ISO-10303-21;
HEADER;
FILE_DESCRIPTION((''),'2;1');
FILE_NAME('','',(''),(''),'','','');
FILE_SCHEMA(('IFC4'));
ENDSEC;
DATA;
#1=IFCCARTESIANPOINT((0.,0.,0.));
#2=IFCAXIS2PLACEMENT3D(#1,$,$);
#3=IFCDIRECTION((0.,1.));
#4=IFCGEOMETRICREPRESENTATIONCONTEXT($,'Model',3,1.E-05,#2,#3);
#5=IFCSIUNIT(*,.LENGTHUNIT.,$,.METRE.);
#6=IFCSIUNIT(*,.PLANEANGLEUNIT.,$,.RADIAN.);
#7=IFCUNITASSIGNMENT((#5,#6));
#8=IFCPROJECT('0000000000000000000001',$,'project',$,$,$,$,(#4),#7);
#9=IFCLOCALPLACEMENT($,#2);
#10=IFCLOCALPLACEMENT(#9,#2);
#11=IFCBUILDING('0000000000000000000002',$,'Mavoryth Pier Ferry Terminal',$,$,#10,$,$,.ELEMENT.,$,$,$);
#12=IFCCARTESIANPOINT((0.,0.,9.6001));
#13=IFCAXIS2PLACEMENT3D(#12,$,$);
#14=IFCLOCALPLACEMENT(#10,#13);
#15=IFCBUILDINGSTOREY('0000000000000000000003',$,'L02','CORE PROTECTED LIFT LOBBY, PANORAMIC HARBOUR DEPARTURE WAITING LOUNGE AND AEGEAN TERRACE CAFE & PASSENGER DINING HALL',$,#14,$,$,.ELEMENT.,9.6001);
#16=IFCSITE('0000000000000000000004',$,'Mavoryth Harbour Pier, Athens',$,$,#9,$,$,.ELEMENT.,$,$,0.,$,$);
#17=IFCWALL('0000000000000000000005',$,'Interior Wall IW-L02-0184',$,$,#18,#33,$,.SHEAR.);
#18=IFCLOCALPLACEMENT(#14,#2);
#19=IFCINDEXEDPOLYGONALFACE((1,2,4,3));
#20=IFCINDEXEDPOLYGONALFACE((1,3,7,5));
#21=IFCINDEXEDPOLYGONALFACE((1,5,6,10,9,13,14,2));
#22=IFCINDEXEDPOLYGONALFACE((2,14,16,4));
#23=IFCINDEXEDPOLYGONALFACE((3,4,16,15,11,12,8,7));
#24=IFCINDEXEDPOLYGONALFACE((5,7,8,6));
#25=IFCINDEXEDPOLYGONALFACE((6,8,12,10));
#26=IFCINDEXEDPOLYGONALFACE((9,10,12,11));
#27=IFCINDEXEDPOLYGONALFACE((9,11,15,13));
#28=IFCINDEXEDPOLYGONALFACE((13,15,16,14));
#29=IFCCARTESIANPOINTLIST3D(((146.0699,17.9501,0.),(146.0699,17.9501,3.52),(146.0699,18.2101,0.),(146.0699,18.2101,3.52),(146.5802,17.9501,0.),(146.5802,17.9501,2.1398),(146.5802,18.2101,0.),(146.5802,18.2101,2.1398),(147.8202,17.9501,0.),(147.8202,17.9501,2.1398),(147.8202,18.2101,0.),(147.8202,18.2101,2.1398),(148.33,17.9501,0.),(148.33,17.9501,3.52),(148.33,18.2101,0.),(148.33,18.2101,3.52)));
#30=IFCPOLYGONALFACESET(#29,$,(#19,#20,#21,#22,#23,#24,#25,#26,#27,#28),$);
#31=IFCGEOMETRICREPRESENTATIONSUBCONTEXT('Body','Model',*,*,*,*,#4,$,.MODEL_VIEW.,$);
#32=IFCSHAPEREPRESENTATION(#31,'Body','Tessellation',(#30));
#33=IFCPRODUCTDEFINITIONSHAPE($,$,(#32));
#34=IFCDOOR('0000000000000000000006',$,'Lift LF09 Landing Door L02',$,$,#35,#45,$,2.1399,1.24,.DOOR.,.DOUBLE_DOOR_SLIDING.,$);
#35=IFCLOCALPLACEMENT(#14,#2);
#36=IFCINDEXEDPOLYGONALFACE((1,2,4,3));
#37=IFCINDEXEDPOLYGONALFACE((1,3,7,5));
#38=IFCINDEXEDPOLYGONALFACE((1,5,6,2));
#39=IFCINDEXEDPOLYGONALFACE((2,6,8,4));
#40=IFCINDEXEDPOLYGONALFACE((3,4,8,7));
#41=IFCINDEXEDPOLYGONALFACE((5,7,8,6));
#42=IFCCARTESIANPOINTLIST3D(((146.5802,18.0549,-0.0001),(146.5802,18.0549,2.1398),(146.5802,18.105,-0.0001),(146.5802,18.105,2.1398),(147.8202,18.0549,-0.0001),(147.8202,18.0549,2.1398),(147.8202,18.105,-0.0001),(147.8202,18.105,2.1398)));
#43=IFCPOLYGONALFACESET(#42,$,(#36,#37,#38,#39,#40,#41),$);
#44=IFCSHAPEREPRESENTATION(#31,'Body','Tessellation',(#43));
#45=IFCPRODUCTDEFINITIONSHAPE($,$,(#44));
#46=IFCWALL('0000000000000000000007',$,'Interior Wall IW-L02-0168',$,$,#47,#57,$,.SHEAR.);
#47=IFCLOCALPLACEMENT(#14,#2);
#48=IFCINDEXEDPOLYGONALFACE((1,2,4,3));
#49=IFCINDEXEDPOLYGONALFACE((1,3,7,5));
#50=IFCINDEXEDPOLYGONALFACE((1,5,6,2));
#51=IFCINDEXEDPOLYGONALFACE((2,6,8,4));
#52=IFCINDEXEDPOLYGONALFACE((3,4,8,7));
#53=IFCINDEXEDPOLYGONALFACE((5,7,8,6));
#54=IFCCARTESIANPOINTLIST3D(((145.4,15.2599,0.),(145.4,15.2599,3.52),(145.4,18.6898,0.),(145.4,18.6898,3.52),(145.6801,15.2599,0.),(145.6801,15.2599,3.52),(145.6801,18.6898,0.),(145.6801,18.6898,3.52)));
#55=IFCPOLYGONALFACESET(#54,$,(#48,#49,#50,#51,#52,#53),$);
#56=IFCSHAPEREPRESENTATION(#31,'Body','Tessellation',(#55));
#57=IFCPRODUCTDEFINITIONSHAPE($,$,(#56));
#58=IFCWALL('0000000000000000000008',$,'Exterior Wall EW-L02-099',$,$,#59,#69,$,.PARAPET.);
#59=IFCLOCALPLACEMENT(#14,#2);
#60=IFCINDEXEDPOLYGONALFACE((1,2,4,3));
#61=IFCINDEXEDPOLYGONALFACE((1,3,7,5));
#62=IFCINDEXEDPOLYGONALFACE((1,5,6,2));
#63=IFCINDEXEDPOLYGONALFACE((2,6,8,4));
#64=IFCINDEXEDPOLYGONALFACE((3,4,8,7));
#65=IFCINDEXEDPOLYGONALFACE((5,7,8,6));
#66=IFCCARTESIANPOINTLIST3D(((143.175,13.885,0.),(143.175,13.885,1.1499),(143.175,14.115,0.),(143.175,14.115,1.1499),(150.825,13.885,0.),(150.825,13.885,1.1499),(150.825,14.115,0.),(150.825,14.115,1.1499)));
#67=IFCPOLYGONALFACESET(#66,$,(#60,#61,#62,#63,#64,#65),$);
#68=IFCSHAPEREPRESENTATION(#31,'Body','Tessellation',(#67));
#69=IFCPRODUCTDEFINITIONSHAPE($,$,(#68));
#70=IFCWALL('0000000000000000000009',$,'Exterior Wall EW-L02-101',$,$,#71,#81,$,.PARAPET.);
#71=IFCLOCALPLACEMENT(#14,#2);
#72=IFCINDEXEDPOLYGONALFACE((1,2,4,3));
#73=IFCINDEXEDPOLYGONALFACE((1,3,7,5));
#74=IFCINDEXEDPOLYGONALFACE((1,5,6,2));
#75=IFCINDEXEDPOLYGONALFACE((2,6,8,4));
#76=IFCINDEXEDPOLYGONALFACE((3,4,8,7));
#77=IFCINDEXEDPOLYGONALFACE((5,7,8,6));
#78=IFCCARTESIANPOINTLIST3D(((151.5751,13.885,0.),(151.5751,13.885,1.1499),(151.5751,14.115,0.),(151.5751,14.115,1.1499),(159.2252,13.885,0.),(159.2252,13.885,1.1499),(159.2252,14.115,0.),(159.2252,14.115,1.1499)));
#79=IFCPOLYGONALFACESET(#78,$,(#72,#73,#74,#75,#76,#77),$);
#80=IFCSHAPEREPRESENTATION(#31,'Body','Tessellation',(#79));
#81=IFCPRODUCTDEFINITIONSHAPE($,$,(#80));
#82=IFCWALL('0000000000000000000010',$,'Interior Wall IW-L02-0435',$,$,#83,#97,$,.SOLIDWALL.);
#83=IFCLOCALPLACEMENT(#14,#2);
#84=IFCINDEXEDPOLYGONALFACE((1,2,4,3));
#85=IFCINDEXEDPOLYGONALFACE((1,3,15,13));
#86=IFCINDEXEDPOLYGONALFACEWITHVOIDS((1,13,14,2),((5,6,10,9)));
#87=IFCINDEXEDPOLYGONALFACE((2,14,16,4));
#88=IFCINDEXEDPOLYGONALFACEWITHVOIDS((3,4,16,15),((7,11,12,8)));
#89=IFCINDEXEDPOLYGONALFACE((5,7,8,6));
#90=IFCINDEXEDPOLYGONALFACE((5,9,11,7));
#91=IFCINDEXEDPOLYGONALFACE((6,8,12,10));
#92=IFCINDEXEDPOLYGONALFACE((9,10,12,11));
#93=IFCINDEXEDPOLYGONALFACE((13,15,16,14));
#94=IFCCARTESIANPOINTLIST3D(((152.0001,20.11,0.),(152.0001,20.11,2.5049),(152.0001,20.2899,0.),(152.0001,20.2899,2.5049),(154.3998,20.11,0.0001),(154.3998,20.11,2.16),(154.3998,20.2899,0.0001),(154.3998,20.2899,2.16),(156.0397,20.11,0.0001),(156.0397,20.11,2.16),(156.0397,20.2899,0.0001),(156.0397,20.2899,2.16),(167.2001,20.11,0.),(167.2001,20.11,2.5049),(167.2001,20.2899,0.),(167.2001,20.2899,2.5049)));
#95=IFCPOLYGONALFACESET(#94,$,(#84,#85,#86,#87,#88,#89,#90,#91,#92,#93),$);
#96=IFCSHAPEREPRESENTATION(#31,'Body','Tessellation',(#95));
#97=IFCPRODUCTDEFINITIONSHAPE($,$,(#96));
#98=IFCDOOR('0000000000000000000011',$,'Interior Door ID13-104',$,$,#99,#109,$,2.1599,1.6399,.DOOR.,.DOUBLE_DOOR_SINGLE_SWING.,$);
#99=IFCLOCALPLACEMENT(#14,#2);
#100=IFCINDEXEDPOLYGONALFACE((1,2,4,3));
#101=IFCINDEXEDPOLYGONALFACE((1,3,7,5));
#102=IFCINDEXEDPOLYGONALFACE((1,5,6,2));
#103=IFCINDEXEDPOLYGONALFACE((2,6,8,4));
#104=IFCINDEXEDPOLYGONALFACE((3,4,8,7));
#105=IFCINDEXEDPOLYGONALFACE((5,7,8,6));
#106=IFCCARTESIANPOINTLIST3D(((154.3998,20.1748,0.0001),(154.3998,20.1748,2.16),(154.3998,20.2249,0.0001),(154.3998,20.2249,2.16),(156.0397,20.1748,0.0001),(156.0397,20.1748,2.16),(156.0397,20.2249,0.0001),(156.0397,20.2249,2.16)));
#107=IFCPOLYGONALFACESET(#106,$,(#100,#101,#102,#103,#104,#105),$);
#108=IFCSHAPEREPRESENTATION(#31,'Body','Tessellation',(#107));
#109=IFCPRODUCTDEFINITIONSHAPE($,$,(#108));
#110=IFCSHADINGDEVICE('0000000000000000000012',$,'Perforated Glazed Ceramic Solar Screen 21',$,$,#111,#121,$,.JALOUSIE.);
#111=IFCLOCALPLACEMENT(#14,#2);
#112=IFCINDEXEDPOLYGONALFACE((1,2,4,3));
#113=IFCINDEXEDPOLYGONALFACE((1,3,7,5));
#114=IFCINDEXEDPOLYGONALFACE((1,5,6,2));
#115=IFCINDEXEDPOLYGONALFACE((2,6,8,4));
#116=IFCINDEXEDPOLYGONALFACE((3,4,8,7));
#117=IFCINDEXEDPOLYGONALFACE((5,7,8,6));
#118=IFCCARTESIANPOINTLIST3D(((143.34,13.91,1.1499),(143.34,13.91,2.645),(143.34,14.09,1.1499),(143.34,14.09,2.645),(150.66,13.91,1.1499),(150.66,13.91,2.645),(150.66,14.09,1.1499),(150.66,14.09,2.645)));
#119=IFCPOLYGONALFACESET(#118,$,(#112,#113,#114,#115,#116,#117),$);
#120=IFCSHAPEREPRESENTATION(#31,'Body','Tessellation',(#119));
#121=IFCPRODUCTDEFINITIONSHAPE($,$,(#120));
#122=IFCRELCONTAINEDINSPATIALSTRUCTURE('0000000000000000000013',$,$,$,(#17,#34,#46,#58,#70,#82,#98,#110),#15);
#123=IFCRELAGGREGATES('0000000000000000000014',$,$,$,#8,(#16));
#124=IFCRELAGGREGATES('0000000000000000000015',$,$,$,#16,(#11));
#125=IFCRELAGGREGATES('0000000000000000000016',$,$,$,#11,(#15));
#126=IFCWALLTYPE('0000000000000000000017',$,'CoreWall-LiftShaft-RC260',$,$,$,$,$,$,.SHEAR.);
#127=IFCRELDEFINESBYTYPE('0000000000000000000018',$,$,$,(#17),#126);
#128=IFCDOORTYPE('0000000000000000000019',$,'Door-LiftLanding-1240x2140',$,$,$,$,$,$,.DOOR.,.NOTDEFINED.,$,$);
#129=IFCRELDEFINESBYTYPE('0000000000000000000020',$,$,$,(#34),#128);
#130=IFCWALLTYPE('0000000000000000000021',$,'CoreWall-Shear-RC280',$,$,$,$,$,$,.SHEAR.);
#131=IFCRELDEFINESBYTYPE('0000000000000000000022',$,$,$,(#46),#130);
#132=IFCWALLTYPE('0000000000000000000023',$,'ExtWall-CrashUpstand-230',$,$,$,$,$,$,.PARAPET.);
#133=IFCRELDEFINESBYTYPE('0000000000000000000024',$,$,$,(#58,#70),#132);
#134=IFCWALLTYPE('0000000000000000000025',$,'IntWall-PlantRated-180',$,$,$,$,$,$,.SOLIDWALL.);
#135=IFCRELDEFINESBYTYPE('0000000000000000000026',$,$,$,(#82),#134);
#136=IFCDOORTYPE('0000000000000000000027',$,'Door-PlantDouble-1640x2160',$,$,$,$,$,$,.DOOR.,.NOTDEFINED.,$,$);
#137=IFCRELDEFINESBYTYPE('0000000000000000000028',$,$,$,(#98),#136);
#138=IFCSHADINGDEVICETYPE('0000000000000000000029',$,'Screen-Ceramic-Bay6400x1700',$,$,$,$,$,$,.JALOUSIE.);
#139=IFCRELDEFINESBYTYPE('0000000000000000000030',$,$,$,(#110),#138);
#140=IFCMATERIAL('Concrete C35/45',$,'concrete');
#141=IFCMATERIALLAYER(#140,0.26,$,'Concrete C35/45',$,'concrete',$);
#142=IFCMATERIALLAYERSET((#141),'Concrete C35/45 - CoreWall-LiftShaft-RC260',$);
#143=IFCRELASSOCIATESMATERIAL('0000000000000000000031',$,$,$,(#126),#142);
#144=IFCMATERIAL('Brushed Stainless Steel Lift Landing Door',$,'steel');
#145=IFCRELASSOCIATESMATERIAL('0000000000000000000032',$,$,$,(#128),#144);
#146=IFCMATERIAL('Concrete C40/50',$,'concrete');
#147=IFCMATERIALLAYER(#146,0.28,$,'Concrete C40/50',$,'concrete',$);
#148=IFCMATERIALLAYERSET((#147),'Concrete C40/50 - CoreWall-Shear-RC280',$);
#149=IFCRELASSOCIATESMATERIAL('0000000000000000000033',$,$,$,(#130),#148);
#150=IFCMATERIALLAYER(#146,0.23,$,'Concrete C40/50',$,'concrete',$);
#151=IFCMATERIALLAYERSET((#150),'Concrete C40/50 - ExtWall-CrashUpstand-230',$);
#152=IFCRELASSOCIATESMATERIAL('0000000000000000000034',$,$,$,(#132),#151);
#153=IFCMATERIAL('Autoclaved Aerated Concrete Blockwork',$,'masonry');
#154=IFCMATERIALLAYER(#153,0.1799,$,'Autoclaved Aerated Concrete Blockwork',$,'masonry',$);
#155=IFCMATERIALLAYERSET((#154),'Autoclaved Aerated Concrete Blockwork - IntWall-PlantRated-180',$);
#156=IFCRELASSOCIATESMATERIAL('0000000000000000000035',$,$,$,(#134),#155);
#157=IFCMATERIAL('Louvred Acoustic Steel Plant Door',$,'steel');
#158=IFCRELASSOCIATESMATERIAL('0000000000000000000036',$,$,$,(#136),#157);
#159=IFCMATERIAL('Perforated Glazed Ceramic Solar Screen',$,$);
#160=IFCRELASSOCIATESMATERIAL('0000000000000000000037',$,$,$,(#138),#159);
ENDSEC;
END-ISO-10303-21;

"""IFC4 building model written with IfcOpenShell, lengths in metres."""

from ifc_helpers import new_model, si_unit, direction, frame, frame_2d, origin, origin_2d, place, context, subcontext, project, spatial, rectangle, extrude, material, layer, layer_set, type_object, element, fill, save


model = new_model("IFC4")

# Units and contexts
model_context = context("Model", 3, precision=1e-05, world=origin(), true_north=direction((0.0, 1.0)))
body_context = subcontext(model_context, "Body", "Model", "MODEL_VIEW")
ifc_project = project(units=[si_unit("LENGTHUNIT", "METRE"), si_unit("PLANEANGLEUNIT", "RADIAN")], contexts=[model_context])

# Site, building, storey
site_placement = place(None, origin())
site = spatial("IfcSite", under=ifc_project, at=site_placement, Name="Mavoryth Harbour Pier, Athens", CompositionType="ELEMENT", RefElevation=0.0)
building_placement = place(site_placement, origin())
building = spatial("IfcBuilding", under=site, at=building_placement, Name="Mavoryth Pier Ferry Terminal", CompositionType="ELEMENT")
storey_placement = place(building_placement, frame((0.0, 0.0, 9.6001)))
storey = spatial("IfcBuildingStorey", under=building, at=storey_placement, Name="L02", Description="CORE PROTECTED LIFT LOBBY, PANORAMIC HARBOUR DEPARTURE WAITING LOUNGE AND AEGEAN TERRACE CAFE & PASSENGER DINING HALL", CompositionType="ELEMENT", Elevation=9.6001)

# Shared definitions
ifc_material_1 = material(Name="Concrete C40/50", Category="concrete")

# Shared definitions
ifc_material_2 = material(Name="Concrete C35/45", Category="concrete")

# Shared definitions
ifc_layer_1 = layer(ifc_material_2, 0.26, Name="Concrete C35/45", Category="concrete")
ifc_layer_set_1 = layer_set([ifc_layer_1], Name="Concrete C35/45 - CoreWall-LiftShaft-RC260")
wall_type_1 = type_object("IfcWallType", Name="CoreWall-LiftShaft-RC260", PredefinedType="SHEAR", material=ifc_layer_set_1)

# Wall, opening, door
wall_1_placement = place(storey_placement, frame((146.0701, 18.0801, 0.0), z_axis=(0.0, 0.0, 1.0), x_axis=(1.0, 0.0, 0.0)))
wall_1 = element("IfcWall", 1, at=wall_1_placement, inside=storey, type_object=wall_type_1, Name="Interior Wall IW-L02-0184", PredefinedType="SHEAR", context=body_context, shape_type="SweptSolid", body=[
    extrude(rectangle(XDim=2.26, YDim=0.26, at=frame_2d((1.1299, 0.0))), origin(), (0.0, 0.0, 1.0), 3.52),
])
opening_1_placement = place(wall_1_placement, frame((0.51, 0.0, 0.0)))
opening_1 = element("IfcOpeningElement", 2, at=opening_1_placement, cuts=wall_1, PredefinedType="OPENING", context=body_context, shape_type="SweptSolid", body=[
    extrude(rectangle(XDim=1.24, YDim=2.1399, at=frame_2d((0.6201, 1.0698))), frame((0.0, 0.1399, 0.0), z_axis=(0.0, -1.0, 0.0), x_axis=(1.0, 0.0, 0.0)), (0.0, 0.0, 1.0), 0.28),
])
ifc_material_3 = material(Name="Brushed Stainless Steel Lift Landing Door", Category="steel")
door_type_1 = type_object("IfcDoorType", Name="Door-LiftLanding-1240x2140", OperationType="NOTDEFINED", PredefinedType="DOOR", material=ifc_material_3)
door_1_placement = place(opening_1_placement, origin())
door_1 = element("IfcDoor", 3, at=door_1_placement, inside=storey, type_object=door_type_1, Name="Lift LF09 Landing Door L02", OperationType="DOUBLE_DOOR_SLIDING", OverallHeight=2.1399, OverallWidth=1.24, PredefinedType="DOOR", context=body_context, shape_type="SweptSolid", body=[
    extrude(rectangle(XDim=1.24, YDim=2.1399, at=frame_2d((0.6201, 1.0698))), frame((0.0, 0.0249, 0.0), z_axis=(0.0, -1.0, 0.0), x_axis=(1.0, 0.0, 0.0)), (0.0, 0.0, 1.0), 0.05),
])
fill(opening_1, door_1)

# Walls
ifc_layer_2 = layer(ifc_material_1, 0.28, Name="Concrete C40/50", Category="concrete")
ifc_layer_set_2 = layer_set([ifc_layer_2], Name="Concrete C40/50 - CoreWall-Shear-RC280")
wall_type_2 = type_object("IfcWallType", Name="CoreWall-Shear-RC280", PredefinedType="SHEAR", material=ifc_layer_set_2)
wall_2_placement = place(storey_placement, frame((145.54, 15.26, 0.0), z_axis=(0.0, 0.0, 1.0), x_axis=(0.0, 1.0, 0.0)))
element("IfcWall", 4, at=wall_2_placement, inside=storey, type_object=wall_type_2, Name="Interior Wall IW-L02-0168", PredefinedType="SHEAR", context=body_context, shape_type="SweptSolid", body=[
    extrude(rectangle(XDim=3.4299, YDim=0.28, at=frame_2d((1.7148, 0.0))), origin(), (0.0, 0.0, 1.0), 3.52),
])
ifc_layer_3 = layer(ifc_material_1, 0.23, Name="Concrete C40/50", Category="concrete")
ifc_layer_set_3 = layer_set([ifc_layer_3], Name="Concrete C40/50 - ExtWall-CrashUpstand-230")
wall_type_3 = type_object("IfcWallType", Name="ExtWall-CrashUpstand-230", PredefinedType="PARAPET", material=ifc_layer_set_3)
wall_3_placement = place(storey_placement, frame((143.175, 14.0, 0.0), z_axis=(0.0, 0.0, 1.0), x_axis=(1.0, 0.0, 0.0)))
element("IfcWall", 5, at=wall_3_placement, inside=storey, type_object=wall_type_3, Name="Exterior Wall EW-L02-099", PredefinedType="PARAPET", context=body_context, shape_type="SweptSolid", body=[
    extrude(rectangle(XDim=7.6499, YDim=0.23, at=frame_2d((3.825, 0.0))), origin(), (0.0, 0.0, 1.0), 1.1499),
])
wall_4_placement = place(storey_placement, frame((151.575, 14.0, 0.0), z_axis=(0.0, 0.0, 1.0), x_axis=(1.0, 0.0, 0.0)))
element("IfcWall", 6, at=wall_4_placement, inside=storey, type_object=wall_type_3, Name="Exterior Wall EW-L02-101", PredefinedType="PARAPET", context=body_context, shape_type="SweptSolid", body=[
    extrude(rectangle(XDim=7.6501, YDim=0.23, at=frame_2d((3.8252, 0.0))), origin(), (0.0, 0.0, 1.0), 1.1499),
])

# Wall, opening, door
ifc_material_4 = material(Name="Autoclaved Aerated Concrete Blockwork", Category="masonry")
ifc_layer_4 = layer(ifc_material_4, 0.1799, Name="Autoclaved Aerated Concrete Blockwork", Category="masonry")
ifc_layer_set_4 = layer_set([ifc_layer_4], Name="Autoclaved Aerated Concrete Blockwork - IntWall-PlantRated-180")
wall_type_4 = type_object("IfcWallType", Name="IntWall-PlantRated-180", PredefinedType="SOLIDWALL", material=ifc_layer_set_4)
wall_5_placement = place(storey_placement, frame((152.0, 20.2, 0.0), z_axis=(0.0, 0.0, 1.0), x_axis=(1.0, 0.0, 0.0)))
wall_5 = element("IfcWall", 7, at=wall_5_placement, inside=storey, type_object=wall_type_4, Name="Interior Wall IW-L02-0435", PredefinedType="SOLIDWALL", context=body_context, shape_type="SweptSolid", body=[
    extrude(rectangle(XDim=15.2, YDim=0.1799, at=frame_2d((7.6001, 0.0))), origin(), (0.0, 0.0, 1.0), 2.5049),
])
opening_2_placement = place(wall_5_placement, frame((2.3999, 0.0, 0.0)))
opening_2 = element("IfcOpeningElement", 8, at=opening_2_placement, cuts=wall_5, PredefinedType="OPENING", context=body_context, shape_type="SweptSolid", body=[
    extrude(rectangle(XDim=1.6399, YDim=2.1599, at=frame_2d((0.8198, 1.0801))), frame((0.0, 0.0999, 0.0), z_axis=(0.0, -1.0, 0.0), x_axis=(1.0, 0.0, 0.0)), (0.0, 0.0, 1.0), 0.2),
])
ifc_material_5 = material(Name="Louvred Acoustic Steel Plant Door", Category="steel")
door_type_2 = type_object("IfcDoorType", Name="Door-PlantDouble-1640x2160", OperationType="NOTDEFINED", PredefinedType="DOOR", material=ifc_material_5)
door_2_placement = place(opening_2_placement, origin())
door_2 = element("IfcDoor", 9, at=door_2_placement, inside=storey, type_object=door_type_2, Name="Interior Door ID13-104", OperationType="DOUBLE_DOOR_SINGLE_SWING", OverallHeight=2.1599, OverallWidth=1.6399, PredefinedType="DOOR", context=body_context, shape_type="SweptSolid", body=[
    extrude(rectangle(XDim=1.6399, YDim=2.1599, at=frame_2d((0.8198, 1.0801))), frame((0.0, 0.0249, 0.0), z_axis=(0.0, -1.0, 0.0), x_axis=(1.0, 0.0, 0.0)), (0.0, 0.0, 1.0), 0.05),
])
fill(opening_2, door_2)

# Shading device
ifc_material_6 = material(Name="Perforated Glazed Ceramic Solar Screen")
shading_device_type = type_object("IfcShadingDeviceType", Name="Screen-Ceramic-Bay6400x1700", PredefinedType="JALOUSIE", material=ifc_material_6)
shading_device_placement = place(storey_placement, frame((147.0, 14.0, 1.1499), z_axis=(0.0, 0.0, 1.0), x_axis=(1.0, 0.0, 0.0)))
element("IfcShadingDevice", 10, at=shading_device_placement, inside=storey, type_object=shading_device_type, Name="Perforated Glazed Ceramic Solar Screen 21", PredefinedType="JALOUSIE", context=body_context, shape_type="SweptSolid", body=[
    extrude(rectangle(XDim=7.3201, YDim=0.1799, at=origin_2d()), origin(), (0.0, 0.0, 1.0), 1.4951),
])

save(model, "model.ifc")
